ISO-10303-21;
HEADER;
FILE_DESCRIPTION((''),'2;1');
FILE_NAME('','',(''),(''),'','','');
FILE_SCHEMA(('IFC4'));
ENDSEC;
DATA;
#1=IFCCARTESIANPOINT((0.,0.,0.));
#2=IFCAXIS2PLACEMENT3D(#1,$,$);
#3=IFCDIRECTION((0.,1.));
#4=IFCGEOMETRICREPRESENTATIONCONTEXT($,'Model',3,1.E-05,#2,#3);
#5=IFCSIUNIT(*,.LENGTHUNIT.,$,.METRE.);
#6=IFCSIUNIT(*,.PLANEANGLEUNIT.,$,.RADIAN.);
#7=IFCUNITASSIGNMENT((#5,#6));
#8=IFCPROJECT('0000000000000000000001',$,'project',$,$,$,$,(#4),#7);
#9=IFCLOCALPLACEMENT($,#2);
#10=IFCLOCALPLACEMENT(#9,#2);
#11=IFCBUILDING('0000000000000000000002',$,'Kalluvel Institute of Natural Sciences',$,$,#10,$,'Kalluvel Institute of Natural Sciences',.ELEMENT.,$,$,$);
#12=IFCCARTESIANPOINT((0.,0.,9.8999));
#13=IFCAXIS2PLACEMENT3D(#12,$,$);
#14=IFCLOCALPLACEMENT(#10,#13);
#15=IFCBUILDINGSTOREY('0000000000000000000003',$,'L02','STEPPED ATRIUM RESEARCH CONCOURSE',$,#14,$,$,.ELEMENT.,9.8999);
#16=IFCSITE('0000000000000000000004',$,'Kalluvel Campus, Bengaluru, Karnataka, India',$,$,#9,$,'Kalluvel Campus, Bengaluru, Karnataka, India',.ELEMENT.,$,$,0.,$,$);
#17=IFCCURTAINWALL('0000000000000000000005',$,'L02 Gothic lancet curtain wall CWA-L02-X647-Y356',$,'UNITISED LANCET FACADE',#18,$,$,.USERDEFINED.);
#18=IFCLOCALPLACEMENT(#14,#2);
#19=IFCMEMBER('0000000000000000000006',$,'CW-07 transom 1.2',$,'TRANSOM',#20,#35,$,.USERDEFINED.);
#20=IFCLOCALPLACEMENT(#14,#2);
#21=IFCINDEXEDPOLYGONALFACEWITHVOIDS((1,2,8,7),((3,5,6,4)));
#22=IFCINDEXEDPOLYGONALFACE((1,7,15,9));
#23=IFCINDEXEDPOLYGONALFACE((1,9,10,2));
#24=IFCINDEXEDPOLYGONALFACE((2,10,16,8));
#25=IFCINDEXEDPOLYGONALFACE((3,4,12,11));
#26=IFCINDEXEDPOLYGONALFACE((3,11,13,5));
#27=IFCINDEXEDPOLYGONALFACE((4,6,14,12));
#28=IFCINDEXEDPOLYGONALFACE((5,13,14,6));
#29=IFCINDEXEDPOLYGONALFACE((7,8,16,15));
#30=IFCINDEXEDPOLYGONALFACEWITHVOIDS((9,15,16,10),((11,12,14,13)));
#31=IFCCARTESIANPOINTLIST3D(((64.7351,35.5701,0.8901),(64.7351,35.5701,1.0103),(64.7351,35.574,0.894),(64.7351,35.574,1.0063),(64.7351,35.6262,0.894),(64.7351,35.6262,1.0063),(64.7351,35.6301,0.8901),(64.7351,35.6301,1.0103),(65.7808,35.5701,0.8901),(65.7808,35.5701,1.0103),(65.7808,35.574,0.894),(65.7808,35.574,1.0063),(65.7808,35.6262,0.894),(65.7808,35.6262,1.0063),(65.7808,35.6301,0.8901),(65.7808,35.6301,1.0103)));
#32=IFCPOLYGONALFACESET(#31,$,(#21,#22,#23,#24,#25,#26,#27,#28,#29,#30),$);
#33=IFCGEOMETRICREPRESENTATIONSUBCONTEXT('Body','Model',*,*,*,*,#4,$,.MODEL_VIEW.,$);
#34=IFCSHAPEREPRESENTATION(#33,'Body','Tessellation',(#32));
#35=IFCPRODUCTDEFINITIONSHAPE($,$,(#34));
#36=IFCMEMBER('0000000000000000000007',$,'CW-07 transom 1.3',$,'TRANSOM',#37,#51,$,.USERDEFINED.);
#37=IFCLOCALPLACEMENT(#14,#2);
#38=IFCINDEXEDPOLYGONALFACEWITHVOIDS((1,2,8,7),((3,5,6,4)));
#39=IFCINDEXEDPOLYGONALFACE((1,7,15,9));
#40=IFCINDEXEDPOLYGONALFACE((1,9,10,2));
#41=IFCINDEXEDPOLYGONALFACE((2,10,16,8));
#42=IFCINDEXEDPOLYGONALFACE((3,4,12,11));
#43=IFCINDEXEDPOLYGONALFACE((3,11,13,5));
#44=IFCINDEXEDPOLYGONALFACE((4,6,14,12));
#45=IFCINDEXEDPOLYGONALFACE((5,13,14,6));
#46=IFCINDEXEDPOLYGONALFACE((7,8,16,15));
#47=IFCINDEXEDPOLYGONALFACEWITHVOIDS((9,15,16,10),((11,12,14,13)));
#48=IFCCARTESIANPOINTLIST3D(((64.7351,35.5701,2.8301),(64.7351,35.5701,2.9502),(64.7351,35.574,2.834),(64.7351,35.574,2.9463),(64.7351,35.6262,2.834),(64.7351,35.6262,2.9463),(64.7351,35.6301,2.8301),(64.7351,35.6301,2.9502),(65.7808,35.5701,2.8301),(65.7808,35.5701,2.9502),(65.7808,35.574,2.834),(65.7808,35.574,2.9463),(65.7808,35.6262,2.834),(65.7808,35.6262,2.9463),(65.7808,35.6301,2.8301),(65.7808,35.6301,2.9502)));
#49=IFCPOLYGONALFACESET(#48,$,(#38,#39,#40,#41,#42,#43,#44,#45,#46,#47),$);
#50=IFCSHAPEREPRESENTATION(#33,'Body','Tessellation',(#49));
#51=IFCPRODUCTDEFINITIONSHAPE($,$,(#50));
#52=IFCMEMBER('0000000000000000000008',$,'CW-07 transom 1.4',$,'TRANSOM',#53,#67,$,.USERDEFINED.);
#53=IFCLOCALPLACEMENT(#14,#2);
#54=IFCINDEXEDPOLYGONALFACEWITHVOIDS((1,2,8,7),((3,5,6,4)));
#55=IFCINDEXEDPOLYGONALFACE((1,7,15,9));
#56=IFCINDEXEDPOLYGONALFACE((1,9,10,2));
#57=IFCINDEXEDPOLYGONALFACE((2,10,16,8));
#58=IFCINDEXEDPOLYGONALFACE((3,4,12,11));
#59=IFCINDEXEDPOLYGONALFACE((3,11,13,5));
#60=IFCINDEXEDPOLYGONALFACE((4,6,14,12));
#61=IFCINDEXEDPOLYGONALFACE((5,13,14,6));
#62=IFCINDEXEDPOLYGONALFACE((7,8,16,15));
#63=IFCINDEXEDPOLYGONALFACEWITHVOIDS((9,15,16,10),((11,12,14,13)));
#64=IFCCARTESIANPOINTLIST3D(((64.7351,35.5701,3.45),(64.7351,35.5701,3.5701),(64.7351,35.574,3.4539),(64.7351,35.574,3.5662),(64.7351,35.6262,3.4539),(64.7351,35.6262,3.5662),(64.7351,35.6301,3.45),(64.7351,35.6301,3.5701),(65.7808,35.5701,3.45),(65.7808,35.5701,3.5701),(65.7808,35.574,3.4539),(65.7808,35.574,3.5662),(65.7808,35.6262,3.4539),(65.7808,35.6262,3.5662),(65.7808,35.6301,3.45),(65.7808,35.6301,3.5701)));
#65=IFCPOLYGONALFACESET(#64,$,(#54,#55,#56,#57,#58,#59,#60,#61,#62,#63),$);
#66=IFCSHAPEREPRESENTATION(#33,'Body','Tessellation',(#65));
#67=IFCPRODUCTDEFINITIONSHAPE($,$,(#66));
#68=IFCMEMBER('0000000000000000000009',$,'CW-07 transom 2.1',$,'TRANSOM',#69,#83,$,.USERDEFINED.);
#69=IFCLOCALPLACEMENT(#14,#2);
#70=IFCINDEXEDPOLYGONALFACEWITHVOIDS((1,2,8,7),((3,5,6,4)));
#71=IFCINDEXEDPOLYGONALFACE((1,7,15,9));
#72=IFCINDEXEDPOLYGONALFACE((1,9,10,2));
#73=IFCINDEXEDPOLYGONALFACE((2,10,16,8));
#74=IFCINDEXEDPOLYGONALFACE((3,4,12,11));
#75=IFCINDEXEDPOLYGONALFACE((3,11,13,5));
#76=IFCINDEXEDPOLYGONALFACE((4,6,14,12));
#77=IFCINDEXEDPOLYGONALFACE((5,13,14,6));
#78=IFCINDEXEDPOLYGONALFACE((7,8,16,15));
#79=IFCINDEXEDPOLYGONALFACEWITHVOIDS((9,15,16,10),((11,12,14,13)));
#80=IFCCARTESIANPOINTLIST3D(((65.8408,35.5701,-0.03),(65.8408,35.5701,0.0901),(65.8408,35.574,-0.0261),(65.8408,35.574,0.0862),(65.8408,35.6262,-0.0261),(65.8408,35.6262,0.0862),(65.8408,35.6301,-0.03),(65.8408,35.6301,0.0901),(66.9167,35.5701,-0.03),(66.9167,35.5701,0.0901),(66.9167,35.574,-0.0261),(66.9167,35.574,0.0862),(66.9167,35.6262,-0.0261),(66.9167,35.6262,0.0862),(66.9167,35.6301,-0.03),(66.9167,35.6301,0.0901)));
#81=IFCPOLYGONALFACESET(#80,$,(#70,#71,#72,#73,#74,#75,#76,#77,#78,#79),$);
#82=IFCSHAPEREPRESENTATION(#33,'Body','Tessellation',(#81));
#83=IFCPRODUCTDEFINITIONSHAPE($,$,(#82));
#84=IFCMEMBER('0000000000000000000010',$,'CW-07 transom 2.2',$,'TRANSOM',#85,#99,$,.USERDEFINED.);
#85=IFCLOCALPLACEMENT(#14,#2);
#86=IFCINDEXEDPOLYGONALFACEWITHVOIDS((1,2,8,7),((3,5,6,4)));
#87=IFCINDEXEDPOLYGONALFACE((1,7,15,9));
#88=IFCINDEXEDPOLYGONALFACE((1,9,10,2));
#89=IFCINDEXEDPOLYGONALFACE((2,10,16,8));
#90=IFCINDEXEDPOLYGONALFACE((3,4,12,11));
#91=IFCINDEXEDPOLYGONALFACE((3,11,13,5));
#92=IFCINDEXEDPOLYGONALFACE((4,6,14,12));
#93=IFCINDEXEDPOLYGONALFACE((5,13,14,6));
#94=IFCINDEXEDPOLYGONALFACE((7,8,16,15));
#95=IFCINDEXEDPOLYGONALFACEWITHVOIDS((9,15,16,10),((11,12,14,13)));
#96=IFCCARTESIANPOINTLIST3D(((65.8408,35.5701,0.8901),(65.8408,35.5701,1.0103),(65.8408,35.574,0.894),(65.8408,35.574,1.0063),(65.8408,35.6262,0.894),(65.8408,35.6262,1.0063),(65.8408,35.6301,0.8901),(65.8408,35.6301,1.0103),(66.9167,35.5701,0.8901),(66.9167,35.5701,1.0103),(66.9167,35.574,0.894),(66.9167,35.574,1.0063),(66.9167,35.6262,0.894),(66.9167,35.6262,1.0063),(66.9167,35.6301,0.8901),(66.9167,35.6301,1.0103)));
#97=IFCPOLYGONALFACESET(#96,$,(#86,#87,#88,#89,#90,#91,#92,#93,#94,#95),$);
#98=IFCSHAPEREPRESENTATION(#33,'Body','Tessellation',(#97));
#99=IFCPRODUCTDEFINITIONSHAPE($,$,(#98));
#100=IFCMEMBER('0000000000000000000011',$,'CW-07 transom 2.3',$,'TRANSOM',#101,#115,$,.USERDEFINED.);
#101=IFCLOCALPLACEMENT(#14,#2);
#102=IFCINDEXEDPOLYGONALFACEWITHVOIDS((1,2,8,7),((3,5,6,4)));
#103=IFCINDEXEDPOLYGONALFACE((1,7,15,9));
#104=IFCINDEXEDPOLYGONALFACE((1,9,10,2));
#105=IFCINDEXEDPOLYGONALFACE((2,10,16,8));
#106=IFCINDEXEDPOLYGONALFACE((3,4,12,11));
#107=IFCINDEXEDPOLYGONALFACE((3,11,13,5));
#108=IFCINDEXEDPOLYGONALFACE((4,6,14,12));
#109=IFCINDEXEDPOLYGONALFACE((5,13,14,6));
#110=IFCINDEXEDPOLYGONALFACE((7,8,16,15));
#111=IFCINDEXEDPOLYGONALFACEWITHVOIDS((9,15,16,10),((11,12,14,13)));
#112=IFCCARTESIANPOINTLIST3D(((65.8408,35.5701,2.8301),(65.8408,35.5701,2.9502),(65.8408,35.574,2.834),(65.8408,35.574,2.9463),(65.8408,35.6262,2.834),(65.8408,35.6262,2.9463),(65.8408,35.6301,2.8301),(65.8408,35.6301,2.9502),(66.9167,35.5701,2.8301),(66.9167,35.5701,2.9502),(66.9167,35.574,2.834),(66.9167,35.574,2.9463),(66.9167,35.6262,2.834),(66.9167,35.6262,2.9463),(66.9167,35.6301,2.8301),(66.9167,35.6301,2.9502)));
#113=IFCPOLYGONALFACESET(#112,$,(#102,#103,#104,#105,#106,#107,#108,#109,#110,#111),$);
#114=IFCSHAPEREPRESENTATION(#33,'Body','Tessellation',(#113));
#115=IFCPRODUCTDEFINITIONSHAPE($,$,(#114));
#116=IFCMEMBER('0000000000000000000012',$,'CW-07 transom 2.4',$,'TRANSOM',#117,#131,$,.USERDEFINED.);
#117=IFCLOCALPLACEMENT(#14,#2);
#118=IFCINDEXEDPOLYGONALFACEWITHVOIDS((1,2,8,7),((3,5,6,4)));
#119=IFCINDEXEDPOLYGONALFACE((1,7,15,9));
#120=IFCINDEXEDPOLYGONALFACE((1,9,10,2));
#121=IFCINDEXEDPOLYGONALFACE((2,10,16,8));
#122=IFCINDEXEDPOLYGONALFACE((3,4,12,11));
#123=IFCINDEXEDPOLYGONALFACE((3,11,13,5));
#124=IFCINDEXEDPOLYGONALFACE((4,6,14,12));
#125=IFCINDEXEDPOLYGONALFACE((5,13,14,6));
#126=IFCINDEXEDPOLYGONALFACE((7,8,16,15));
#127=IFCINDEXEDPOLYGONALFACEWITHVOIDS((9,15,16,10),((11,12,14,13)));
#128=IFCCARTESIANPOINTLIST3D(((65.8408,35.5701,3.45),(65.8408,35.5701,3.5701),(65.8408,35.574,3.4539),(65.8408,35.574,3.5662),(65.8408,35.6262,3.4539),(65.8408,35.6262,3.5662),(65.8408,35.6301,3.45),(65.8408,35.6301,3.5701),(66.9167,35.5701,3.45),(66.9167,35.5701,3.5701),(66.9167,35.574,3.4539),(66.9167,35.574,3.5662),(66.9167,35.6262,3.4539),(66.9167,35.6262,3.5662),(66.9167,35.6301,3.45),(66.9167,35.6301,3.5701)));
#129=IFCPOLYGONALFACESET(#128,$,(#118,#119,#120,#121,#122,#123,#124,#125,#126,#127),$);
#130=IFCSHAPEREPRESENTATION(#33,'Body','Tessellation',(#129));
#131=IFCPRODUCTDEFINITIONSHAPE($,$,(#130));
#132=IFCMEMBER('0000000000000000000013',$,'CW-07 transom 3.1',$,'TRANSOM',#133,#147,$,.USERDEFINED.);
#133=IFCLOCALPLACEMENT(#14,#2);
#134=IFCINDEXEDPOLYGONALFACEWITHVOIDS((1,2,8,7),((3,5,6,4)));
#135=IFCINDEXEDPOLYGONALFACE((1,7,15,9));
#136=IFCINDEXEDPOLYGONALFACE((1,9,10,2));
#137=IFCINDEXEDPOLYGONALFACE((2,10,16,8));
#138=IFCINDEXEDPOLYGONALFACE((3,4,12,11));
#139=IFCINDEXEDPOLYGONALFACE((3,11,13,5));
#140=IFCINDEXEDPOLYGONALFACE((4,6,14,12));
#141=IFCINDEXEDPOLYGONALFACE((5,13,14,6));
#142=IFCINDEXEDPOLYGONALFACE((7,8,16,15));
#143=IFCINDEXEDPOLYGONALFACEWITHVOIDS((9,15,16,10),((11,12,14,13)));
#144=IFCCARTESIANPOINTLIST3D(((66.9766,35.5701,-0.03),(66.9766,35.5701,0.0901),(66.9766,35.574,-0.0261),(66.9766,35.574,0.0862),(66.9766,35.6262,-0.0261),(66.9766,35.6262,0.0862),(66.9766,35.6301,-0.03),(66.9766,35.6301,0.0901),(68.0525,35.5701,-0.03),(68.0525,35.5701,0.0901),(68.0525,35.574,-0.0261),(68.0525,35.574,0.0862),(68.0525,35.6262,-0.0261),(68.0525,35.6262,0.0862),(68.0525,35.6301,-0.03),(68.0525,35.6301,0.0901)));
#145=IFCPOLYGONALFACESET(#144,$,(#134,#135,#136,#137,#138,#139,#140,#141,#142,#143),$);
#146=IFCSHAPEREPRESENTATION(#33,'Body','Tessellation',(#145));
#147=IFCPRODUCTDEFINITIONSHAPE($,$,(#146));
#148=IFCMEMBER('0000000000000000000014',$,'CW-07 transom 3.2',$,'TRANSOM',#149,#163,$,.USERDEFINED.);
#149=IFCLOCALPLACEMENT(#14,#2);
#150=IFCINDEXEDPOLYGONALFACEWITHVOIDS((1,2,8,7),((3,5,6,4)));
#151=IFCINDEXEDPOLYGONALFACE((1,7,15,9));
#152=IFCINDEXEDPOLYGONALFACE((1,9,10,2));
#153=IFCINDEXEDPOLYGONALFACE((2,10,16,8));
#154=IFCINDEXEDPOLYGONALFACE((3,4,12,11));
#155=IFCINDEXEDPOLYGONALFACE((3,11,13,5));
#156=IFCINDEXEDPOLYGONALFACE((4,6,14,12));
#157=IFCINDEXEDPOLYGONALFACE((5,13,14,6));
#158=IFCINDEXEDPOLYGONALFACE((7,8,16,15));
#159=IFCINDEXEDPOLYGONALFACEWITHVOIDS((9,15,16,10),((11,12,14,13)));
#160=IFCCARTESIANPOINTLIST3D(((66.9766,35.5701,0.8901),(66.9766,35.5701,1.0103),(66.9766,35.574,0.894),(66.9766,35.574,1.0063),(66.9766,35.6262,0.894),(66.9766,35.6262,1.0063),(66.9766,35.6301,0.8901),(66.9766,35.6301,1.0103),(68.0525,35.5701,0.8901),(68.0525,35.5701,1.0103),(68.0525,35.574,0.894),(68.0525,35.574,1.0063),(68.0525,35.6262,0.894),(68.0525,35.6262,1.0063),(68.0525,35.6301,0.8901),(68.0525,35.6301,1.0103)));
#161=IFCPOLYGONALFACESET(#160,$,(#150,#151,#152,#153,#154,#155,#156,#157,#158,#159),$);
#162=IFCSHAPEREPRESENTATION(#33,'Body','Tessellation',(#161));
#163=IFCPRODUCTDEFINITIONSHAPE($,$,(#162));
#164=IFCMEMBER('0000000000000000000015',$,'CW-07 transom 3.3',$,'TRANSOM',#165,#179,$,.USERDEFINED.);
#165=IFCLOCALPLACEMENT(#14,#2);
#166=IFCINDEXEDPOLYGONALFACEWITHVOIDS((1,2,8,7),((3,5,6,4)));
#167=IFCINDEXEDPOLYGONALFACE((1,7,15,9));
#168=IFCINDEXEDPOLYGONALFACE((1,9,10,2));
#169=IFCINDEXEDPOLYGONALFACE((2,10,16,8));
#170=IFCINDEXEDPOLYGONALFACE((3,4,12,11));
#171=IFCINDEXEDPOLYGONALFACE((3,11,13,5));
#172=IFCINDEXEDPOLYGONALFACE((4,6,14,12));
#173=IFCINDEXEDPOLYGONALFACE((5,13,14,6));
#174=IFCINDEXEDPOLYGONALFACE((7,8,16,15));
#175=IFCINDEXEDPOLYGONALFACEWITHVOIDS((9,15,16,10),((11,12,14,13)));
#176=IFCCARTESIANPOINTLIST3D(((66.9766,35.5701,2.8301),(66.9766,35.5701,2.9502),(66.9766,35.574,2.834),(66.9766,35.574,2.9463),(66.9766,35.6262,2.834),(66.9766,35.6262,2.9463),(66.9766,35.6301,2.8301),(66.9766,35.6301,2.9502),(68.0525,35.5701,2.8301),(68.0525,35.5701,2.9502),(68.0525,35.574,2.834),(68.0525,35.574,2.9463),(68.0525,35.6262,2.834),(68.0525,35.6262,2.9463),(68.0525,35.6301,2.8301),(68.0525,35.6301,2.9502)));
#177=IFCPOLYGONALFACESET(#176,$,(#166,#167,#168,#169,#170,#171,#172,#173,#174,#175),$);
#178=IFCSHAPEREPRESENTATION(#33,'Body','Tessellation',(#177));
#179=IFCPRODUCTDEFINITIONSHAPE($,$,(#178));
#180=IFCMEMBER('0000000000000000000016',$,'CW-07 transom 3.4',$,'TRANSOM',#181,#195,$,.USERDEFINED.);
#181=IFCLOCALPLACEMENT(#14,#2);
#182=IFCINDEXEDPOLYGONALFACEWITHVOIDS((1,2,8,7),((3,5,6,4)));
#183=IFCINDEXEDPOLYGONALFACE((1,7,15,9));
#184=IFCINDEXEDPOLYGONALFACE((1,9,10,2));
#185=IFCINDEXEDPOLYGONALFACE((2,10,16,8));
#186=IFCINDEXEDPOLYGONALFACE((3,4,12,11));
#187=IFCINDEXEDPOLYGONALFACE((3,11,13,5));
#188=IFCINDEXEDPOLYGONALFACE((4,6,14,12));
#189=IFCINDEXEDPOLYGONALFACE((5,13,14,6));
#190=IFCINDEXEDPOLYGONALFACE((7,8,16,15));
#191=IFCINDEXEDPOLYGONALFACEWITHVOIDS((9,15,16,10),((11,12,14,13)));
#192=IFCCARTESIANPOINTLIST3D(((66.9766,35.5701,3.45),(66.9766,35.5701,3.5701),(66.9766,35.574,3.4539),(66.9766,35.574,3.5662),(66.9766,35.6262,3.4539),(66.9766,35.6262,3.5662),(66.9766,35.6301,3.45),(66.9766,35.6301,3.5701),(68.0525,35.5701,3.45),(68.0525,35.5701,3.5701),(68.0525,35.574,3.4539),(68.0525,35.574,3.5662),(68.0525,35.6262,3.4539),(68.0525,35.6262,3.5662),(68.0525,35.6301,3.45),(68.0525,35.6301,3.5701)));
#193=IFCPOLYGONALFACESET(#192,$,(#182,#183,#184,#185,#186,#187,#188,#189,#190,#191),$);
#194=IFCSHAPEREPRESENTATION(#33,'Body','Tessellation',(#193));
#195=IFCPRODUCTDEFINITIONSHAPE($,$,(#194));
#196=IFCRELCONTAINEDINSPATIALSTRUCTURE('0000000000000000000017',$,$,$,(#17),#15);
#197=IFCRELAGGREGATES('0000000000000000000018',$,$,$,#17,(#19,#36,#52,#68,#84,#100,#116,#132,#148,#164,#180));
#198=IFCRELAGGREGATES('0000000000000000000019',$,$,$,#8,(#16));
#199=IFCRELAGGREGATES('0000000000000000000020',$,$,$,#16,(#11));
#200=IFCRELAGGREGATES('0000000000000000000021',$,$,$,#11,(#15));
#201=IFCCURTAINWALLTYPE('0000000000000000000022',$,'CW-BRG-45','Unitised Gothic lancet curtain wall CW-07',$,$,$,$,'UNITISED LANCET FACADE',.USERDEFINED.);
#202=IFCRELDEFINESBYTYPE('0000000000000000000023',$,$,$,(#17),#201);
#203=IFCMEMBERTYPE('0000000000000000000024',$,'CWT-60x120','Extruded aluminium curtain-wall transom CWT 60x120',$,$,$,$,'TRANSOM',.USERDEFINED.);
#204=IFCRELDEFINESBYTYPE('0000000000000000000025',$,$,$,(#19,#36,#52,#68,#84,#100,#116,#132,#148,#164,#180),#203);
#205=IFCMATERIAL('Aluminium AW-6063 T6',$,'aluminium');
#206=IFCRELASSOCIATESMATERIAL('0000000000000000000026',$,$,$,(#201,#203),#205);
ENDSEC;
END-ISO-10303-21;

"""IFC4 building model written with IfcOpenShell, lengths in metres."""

from ifc_helpers import new_model, si_unit, direction, frame, origin, origin_2d, place, context, subcontext, project, spatial, hollow_rectangle, extrude, material, material_profile, profile_set, type_object, element, aggregate, save


model = new_model("IFC4")

# Units and contexts
model_context = context("Model", 3, precision=1e-05, world=origin(), true_north=direction((0.0, 1.0)))
body_context = subcontext(model_context, "Body", "Model", "MODEL_VIEW")
ifc_project = project(units=[si_unit("LENGTHUNIT", "METRE"), si_unit("PLANEANGLEUNIT", "RADIAN")], contexts=[model_context])

# Site, building, storey
site_placement = place(None, origin())
site = spatial("IfcSite", under=ifc_project, at=site_placement, Name="Kalluvel Campus, Bengaluru, Karnataka, India", LongName="Kalluvel Campus, Bengaluru, Karnataka, India", CompositionType="ELEMENT", RefElevation=0.0)
building_placement = place(site_placement, origin())
building = spatial("IfcBuilding", under=site, at=building_placement, Name="Kalluvel Institute of Natural Sciences", LongName="Kalluvel Institute of Natural Sciences", CompositionType="ELEMENT")
storey_placement = place(building_placement, frame((0.0, 0.0, 9.8999)))
storey = spatial("IfcBuildingStorey", under=building, at=storey_placement, Name="L02", Description="STEPPED ATRIUM RESEARCH CONCOURSE", CompositionType="ELEMENT", Elevation=9.8999)

# Shared definitions
ifc_material_1 = material(Name="Aluminium AW-6063 T6", Category="aluminium")
curtain_wall_type = type_object("IfcCurtainWallType", Name="CW-BRG-45", Description="Unitised Gothic lancet curtain wall CW-07", ElementType="UNITISED LANCET FACADE", PredefinedType="USERDEFINED", material=ifc_material_1)

# Curtain wall, members
curtain_wall_1_placement = place(storey_placement, origin())
curtain_wall_1 = element("IfcCurtainWall", 1, at=curtain_wall_1_placement, inside=storey, type_object=curtain_wall_type, Name="L02 Gothic lancet curtain wall CWA-L02-X647-Y356", ObjectType="UNITISED LANCET FACADE", PredefinedType="USERDEFINED")
ifc_material_profile_1 = material_profile(ifc_material_1, hollow_rectangle(XDim=0.0601, YDim=0.1201, WallThickness=0.0039, at=origin_2d()), Name="CWT 60x120")
ifc_profile_set_1 = profile_set([ifc_material_profile_1], Name="Aluminium AW-6063 T6")
member_type_1 = type_object("IfcMemberType", Name="CWT-60x120", Description="Extruded aluminium curtain-wall transom CWT 60x120", ElementType="TRANSOM", PredefinedType="USERDEFINED", material=ifc_profile_set_1)
member_1_placement = place(storey_placement, frame((64.7351, 35.6001, 0.9502), z_axis=(1.0, 0.0, 0.0), x_axis=(0.0, 1.0, 0.0)))
member_1 = element("IfcMember", 2, at=member_1_placement, type_object=member_type_1, Name="CW-07 transom 1.2", ObjectType="TRANSOM", PredefinedType="USERDEFINED", context=body_context, shape_type="SweptSolid", body=[
    extrude(hollow_rectangle(XDim=0.0601, YDim=0.1201, WallThickness=0.0039, at=origin_2d()), origin(), (0.0, 0.0, 1.0), 1.0457),
])
member_2_placement = place(storey_placement, frame((64.7351, 35.6001, 2.8901), z_axis=(1.0, 0.0, 0.0), x_axis=(0.0, 1.0, 0.0)))
member_2 = element("IfcMember", 3, at=member_2_placement, type_object=member_type_1, Name="CW-07 transom 1.3", ObjectType="TRANSOM", PredefinedType="USERDEFINED", context=body_context, shape_type="SweptSolid", body=[
    extrude(hollow_rectangle(XDim=0.0601, YDim=0.1201, WallThickness=0.0039, at=origin_2d()), origin(), (0.0, 0.0, 1.0), 1.0457),
])
member_3_placement = place(storey_placement, frame((64.7351, 35.6001, 3.51), z_axis=(1.0, 0.0, 0.0), x_axis=(0.0, 1.0, 0.0)))
member_3 = element("IfcMember", 4, at=member_3_placement, type_object=member_type_1, Name="CW-07 transom 1.4", ObjectType="TRANSOM", PredefinedType="USERDEFINED", context=body_context, shape_type="SweptSolid", body=[
    extrude(hollow_rectangle(XDim=0.0601, YDim=0.1201, WallThickness=0.0039, at=origin_2d()), origin(), (0.0, 0.0, 1.0), 1.0457),
])
member_4_placement = place(storey_placement, frame((65.8408, 35.6001, 0.03), z_axis=(1.0, 0.0, 0.0), x_axis=(0.0, 1.0, 0.0)))
member_4 = element("IfcMember", 5, at=member_4_placement, type_object=member_type_1, Name="CW-07 transom 2.1", ObjectType="TRANSOM", PredefinedType="USERDEFINED", context=body_context, shape_type="SweptSolid", body=[
    extrude(hollow_rectangle(XDim=0.0601, YDim=0.1201, WallThickness=0.0039, at=origin_2d()), origin(), (0.0, 0.0, 1.0), 1.0759),
])
member_5_placement = place(storey_placement, frame((65.8408, 35.6001, 0.9502), z_axis=(1.0, 0.0, 0.0), x_axis=(0.0, 1.0, 0.0)))
member_5 = element("IfcMember", 6, at=member_5_placement, type_object=member_type_1, Name="CW-07 transom 2.2", ObjectType="TRANSOM", PredefinedType="USERDEFINED", context=body_context, shape_type="SweptSolid", body=[
    extrude(hollow_rectangle(XDim=0.0601, YDim=0.1201, WallThickness=0.0039, at=origin_2d()), origin(), (0.0, 0.0, 1.0), 1.0759),
])
member_6_placement = place(storey_placement, frame((65.8408, 35.6001, 2.8901), z_axis=(1.0, 0.0, 0.0), x_axis=(0.0, 1.0, 0.0)))
member_6 = element("IfcMember", 7, at=member_6_placement, type_object=member_type_1, Name="CW-07 transom 2.3", ObjectType="TRANSOM", PredefinedType="USERDEFINED", context=body_context, shape_type="SweptSolid", body=[
    extrude(hollow_rectangle(XDim=0.0601, YDim=0.1201, WallThickness=0.0039, at=origin_2d()), origin(), (0.0, 0.0, 1.0), 1.0759),
])
member_7_placement = place(storey_placement, frame((65.8408, 35.6001, 3.51), z_axis=(1.0, 0.0, 0.0), x_axis=(0.0, 1.0, 0.0)))
member_7 = element("IfcMember", 8, at=member_7_placement, type_object=member_type_1, Name="CW-07 transom 2.4", ObjectType="TRANSOM", PredefinedType="USERDEFINED", context=body_context, shape_type="SweptSolid", body=[
    extrude(hollow_rectangle(XDim=0.0601, YDim=0.1201, WallThickness=0.0039, at=origin_2d()), origin(), (0.0, 0.0, 1.0), 1.0759),
])
member_8_placement = place(storey_placement, frame((66.9766, 35.6001, 0.03), z_axis=(1.0, 0.0, 0.0), x_axis=(0.0, 1.0, 0.0)))
member_8 = element("IfcMember", 9, at=member_8_placement, type_object=member_type_1, Name="CW-07 transom 3.1", ObjectType="TRANSOM", PredefinedType="USERDEFINED", context=body_context, shape_type="SweptSolid", body=[
    extrude(hollow_rectangle(XDim=0.0601, YDim=0.1201, WallThickness=0.0039, at=origin_2d()), origin(), (0.0, 0.0, 1.0), 1.0759),
])
member_9_placement = place(storey_placement, frame((66.9766, 35.6001, 0.9502), z_axis=(1.0, 0.0, 0.0), x_axis=(0.0, 1.0, 0.0)))
member_9 = element("IfcMember", 10, at=member_9_placement, type_object=member_type_1, Name="CW-07 transom 3.2", ObjectType="TRANSOM", PredefinedType="USERDEFINED", context=body_context, shape_type="SweptSolid", body=[
    extrude(hollow_rectangle(XDim=0.0601, YDim=0.1201, WallThickness=0.0039, at=origin_2d()), origin(), (0.0, 0.0, 1.0), 1.0759),
])
member_10_placement = place(storey_placement, frame((66.9766, 35.6001, 2.8901), z_axis=(1.0, 0.0, 0.0), x_axis=(0.0, 1.0, 0.0)))
member_10 = element("IfcMember", 11, at=member_10_placement, type_object=member_type_1, Name="CW-07 transom 3.3", ObjectType="TRANSOM", PredefinedType="USERDEFINED", context=body_context, shape_type="SweptSolid", body=[
    extrude(hollow_rectangle(XDim=0.0601, YDim=0.1201, WallThickness=0.0039, at=origin_2d()), origin(), (0.0, 0.0, 1.0), 1.0759),
])
member_11_placement = place(storey_placement, frame((66.9766, 35.6001, 3.51), z_axis=(1.0, 0.0, 0.0), x_axis=(0.0, 1.0, 0.0)))
member_11 = element("IfcMember", 12, at=member_11_placement, type_object=member_type_1, Name="CW-07 transom 3.4", ObjectType="TRANSOM", PredefinedType="USERDEFINED", context=body_context, shape_type="SweptSolid", body=[
    extrude(hollow_rectangle(XDim=0.0601, YDim=0.1201, WallThickness=0.0039, at=origin_2d()), origin(), (0.0, 0.0, 1.0), 1.0759),
])
aggregate(curtain_wall_1, [member_1, member_2, member_3, member_4, member_5, member_6, member_7, member_8, member_9, member_10, member_11])

save(model, "model.ifc")
